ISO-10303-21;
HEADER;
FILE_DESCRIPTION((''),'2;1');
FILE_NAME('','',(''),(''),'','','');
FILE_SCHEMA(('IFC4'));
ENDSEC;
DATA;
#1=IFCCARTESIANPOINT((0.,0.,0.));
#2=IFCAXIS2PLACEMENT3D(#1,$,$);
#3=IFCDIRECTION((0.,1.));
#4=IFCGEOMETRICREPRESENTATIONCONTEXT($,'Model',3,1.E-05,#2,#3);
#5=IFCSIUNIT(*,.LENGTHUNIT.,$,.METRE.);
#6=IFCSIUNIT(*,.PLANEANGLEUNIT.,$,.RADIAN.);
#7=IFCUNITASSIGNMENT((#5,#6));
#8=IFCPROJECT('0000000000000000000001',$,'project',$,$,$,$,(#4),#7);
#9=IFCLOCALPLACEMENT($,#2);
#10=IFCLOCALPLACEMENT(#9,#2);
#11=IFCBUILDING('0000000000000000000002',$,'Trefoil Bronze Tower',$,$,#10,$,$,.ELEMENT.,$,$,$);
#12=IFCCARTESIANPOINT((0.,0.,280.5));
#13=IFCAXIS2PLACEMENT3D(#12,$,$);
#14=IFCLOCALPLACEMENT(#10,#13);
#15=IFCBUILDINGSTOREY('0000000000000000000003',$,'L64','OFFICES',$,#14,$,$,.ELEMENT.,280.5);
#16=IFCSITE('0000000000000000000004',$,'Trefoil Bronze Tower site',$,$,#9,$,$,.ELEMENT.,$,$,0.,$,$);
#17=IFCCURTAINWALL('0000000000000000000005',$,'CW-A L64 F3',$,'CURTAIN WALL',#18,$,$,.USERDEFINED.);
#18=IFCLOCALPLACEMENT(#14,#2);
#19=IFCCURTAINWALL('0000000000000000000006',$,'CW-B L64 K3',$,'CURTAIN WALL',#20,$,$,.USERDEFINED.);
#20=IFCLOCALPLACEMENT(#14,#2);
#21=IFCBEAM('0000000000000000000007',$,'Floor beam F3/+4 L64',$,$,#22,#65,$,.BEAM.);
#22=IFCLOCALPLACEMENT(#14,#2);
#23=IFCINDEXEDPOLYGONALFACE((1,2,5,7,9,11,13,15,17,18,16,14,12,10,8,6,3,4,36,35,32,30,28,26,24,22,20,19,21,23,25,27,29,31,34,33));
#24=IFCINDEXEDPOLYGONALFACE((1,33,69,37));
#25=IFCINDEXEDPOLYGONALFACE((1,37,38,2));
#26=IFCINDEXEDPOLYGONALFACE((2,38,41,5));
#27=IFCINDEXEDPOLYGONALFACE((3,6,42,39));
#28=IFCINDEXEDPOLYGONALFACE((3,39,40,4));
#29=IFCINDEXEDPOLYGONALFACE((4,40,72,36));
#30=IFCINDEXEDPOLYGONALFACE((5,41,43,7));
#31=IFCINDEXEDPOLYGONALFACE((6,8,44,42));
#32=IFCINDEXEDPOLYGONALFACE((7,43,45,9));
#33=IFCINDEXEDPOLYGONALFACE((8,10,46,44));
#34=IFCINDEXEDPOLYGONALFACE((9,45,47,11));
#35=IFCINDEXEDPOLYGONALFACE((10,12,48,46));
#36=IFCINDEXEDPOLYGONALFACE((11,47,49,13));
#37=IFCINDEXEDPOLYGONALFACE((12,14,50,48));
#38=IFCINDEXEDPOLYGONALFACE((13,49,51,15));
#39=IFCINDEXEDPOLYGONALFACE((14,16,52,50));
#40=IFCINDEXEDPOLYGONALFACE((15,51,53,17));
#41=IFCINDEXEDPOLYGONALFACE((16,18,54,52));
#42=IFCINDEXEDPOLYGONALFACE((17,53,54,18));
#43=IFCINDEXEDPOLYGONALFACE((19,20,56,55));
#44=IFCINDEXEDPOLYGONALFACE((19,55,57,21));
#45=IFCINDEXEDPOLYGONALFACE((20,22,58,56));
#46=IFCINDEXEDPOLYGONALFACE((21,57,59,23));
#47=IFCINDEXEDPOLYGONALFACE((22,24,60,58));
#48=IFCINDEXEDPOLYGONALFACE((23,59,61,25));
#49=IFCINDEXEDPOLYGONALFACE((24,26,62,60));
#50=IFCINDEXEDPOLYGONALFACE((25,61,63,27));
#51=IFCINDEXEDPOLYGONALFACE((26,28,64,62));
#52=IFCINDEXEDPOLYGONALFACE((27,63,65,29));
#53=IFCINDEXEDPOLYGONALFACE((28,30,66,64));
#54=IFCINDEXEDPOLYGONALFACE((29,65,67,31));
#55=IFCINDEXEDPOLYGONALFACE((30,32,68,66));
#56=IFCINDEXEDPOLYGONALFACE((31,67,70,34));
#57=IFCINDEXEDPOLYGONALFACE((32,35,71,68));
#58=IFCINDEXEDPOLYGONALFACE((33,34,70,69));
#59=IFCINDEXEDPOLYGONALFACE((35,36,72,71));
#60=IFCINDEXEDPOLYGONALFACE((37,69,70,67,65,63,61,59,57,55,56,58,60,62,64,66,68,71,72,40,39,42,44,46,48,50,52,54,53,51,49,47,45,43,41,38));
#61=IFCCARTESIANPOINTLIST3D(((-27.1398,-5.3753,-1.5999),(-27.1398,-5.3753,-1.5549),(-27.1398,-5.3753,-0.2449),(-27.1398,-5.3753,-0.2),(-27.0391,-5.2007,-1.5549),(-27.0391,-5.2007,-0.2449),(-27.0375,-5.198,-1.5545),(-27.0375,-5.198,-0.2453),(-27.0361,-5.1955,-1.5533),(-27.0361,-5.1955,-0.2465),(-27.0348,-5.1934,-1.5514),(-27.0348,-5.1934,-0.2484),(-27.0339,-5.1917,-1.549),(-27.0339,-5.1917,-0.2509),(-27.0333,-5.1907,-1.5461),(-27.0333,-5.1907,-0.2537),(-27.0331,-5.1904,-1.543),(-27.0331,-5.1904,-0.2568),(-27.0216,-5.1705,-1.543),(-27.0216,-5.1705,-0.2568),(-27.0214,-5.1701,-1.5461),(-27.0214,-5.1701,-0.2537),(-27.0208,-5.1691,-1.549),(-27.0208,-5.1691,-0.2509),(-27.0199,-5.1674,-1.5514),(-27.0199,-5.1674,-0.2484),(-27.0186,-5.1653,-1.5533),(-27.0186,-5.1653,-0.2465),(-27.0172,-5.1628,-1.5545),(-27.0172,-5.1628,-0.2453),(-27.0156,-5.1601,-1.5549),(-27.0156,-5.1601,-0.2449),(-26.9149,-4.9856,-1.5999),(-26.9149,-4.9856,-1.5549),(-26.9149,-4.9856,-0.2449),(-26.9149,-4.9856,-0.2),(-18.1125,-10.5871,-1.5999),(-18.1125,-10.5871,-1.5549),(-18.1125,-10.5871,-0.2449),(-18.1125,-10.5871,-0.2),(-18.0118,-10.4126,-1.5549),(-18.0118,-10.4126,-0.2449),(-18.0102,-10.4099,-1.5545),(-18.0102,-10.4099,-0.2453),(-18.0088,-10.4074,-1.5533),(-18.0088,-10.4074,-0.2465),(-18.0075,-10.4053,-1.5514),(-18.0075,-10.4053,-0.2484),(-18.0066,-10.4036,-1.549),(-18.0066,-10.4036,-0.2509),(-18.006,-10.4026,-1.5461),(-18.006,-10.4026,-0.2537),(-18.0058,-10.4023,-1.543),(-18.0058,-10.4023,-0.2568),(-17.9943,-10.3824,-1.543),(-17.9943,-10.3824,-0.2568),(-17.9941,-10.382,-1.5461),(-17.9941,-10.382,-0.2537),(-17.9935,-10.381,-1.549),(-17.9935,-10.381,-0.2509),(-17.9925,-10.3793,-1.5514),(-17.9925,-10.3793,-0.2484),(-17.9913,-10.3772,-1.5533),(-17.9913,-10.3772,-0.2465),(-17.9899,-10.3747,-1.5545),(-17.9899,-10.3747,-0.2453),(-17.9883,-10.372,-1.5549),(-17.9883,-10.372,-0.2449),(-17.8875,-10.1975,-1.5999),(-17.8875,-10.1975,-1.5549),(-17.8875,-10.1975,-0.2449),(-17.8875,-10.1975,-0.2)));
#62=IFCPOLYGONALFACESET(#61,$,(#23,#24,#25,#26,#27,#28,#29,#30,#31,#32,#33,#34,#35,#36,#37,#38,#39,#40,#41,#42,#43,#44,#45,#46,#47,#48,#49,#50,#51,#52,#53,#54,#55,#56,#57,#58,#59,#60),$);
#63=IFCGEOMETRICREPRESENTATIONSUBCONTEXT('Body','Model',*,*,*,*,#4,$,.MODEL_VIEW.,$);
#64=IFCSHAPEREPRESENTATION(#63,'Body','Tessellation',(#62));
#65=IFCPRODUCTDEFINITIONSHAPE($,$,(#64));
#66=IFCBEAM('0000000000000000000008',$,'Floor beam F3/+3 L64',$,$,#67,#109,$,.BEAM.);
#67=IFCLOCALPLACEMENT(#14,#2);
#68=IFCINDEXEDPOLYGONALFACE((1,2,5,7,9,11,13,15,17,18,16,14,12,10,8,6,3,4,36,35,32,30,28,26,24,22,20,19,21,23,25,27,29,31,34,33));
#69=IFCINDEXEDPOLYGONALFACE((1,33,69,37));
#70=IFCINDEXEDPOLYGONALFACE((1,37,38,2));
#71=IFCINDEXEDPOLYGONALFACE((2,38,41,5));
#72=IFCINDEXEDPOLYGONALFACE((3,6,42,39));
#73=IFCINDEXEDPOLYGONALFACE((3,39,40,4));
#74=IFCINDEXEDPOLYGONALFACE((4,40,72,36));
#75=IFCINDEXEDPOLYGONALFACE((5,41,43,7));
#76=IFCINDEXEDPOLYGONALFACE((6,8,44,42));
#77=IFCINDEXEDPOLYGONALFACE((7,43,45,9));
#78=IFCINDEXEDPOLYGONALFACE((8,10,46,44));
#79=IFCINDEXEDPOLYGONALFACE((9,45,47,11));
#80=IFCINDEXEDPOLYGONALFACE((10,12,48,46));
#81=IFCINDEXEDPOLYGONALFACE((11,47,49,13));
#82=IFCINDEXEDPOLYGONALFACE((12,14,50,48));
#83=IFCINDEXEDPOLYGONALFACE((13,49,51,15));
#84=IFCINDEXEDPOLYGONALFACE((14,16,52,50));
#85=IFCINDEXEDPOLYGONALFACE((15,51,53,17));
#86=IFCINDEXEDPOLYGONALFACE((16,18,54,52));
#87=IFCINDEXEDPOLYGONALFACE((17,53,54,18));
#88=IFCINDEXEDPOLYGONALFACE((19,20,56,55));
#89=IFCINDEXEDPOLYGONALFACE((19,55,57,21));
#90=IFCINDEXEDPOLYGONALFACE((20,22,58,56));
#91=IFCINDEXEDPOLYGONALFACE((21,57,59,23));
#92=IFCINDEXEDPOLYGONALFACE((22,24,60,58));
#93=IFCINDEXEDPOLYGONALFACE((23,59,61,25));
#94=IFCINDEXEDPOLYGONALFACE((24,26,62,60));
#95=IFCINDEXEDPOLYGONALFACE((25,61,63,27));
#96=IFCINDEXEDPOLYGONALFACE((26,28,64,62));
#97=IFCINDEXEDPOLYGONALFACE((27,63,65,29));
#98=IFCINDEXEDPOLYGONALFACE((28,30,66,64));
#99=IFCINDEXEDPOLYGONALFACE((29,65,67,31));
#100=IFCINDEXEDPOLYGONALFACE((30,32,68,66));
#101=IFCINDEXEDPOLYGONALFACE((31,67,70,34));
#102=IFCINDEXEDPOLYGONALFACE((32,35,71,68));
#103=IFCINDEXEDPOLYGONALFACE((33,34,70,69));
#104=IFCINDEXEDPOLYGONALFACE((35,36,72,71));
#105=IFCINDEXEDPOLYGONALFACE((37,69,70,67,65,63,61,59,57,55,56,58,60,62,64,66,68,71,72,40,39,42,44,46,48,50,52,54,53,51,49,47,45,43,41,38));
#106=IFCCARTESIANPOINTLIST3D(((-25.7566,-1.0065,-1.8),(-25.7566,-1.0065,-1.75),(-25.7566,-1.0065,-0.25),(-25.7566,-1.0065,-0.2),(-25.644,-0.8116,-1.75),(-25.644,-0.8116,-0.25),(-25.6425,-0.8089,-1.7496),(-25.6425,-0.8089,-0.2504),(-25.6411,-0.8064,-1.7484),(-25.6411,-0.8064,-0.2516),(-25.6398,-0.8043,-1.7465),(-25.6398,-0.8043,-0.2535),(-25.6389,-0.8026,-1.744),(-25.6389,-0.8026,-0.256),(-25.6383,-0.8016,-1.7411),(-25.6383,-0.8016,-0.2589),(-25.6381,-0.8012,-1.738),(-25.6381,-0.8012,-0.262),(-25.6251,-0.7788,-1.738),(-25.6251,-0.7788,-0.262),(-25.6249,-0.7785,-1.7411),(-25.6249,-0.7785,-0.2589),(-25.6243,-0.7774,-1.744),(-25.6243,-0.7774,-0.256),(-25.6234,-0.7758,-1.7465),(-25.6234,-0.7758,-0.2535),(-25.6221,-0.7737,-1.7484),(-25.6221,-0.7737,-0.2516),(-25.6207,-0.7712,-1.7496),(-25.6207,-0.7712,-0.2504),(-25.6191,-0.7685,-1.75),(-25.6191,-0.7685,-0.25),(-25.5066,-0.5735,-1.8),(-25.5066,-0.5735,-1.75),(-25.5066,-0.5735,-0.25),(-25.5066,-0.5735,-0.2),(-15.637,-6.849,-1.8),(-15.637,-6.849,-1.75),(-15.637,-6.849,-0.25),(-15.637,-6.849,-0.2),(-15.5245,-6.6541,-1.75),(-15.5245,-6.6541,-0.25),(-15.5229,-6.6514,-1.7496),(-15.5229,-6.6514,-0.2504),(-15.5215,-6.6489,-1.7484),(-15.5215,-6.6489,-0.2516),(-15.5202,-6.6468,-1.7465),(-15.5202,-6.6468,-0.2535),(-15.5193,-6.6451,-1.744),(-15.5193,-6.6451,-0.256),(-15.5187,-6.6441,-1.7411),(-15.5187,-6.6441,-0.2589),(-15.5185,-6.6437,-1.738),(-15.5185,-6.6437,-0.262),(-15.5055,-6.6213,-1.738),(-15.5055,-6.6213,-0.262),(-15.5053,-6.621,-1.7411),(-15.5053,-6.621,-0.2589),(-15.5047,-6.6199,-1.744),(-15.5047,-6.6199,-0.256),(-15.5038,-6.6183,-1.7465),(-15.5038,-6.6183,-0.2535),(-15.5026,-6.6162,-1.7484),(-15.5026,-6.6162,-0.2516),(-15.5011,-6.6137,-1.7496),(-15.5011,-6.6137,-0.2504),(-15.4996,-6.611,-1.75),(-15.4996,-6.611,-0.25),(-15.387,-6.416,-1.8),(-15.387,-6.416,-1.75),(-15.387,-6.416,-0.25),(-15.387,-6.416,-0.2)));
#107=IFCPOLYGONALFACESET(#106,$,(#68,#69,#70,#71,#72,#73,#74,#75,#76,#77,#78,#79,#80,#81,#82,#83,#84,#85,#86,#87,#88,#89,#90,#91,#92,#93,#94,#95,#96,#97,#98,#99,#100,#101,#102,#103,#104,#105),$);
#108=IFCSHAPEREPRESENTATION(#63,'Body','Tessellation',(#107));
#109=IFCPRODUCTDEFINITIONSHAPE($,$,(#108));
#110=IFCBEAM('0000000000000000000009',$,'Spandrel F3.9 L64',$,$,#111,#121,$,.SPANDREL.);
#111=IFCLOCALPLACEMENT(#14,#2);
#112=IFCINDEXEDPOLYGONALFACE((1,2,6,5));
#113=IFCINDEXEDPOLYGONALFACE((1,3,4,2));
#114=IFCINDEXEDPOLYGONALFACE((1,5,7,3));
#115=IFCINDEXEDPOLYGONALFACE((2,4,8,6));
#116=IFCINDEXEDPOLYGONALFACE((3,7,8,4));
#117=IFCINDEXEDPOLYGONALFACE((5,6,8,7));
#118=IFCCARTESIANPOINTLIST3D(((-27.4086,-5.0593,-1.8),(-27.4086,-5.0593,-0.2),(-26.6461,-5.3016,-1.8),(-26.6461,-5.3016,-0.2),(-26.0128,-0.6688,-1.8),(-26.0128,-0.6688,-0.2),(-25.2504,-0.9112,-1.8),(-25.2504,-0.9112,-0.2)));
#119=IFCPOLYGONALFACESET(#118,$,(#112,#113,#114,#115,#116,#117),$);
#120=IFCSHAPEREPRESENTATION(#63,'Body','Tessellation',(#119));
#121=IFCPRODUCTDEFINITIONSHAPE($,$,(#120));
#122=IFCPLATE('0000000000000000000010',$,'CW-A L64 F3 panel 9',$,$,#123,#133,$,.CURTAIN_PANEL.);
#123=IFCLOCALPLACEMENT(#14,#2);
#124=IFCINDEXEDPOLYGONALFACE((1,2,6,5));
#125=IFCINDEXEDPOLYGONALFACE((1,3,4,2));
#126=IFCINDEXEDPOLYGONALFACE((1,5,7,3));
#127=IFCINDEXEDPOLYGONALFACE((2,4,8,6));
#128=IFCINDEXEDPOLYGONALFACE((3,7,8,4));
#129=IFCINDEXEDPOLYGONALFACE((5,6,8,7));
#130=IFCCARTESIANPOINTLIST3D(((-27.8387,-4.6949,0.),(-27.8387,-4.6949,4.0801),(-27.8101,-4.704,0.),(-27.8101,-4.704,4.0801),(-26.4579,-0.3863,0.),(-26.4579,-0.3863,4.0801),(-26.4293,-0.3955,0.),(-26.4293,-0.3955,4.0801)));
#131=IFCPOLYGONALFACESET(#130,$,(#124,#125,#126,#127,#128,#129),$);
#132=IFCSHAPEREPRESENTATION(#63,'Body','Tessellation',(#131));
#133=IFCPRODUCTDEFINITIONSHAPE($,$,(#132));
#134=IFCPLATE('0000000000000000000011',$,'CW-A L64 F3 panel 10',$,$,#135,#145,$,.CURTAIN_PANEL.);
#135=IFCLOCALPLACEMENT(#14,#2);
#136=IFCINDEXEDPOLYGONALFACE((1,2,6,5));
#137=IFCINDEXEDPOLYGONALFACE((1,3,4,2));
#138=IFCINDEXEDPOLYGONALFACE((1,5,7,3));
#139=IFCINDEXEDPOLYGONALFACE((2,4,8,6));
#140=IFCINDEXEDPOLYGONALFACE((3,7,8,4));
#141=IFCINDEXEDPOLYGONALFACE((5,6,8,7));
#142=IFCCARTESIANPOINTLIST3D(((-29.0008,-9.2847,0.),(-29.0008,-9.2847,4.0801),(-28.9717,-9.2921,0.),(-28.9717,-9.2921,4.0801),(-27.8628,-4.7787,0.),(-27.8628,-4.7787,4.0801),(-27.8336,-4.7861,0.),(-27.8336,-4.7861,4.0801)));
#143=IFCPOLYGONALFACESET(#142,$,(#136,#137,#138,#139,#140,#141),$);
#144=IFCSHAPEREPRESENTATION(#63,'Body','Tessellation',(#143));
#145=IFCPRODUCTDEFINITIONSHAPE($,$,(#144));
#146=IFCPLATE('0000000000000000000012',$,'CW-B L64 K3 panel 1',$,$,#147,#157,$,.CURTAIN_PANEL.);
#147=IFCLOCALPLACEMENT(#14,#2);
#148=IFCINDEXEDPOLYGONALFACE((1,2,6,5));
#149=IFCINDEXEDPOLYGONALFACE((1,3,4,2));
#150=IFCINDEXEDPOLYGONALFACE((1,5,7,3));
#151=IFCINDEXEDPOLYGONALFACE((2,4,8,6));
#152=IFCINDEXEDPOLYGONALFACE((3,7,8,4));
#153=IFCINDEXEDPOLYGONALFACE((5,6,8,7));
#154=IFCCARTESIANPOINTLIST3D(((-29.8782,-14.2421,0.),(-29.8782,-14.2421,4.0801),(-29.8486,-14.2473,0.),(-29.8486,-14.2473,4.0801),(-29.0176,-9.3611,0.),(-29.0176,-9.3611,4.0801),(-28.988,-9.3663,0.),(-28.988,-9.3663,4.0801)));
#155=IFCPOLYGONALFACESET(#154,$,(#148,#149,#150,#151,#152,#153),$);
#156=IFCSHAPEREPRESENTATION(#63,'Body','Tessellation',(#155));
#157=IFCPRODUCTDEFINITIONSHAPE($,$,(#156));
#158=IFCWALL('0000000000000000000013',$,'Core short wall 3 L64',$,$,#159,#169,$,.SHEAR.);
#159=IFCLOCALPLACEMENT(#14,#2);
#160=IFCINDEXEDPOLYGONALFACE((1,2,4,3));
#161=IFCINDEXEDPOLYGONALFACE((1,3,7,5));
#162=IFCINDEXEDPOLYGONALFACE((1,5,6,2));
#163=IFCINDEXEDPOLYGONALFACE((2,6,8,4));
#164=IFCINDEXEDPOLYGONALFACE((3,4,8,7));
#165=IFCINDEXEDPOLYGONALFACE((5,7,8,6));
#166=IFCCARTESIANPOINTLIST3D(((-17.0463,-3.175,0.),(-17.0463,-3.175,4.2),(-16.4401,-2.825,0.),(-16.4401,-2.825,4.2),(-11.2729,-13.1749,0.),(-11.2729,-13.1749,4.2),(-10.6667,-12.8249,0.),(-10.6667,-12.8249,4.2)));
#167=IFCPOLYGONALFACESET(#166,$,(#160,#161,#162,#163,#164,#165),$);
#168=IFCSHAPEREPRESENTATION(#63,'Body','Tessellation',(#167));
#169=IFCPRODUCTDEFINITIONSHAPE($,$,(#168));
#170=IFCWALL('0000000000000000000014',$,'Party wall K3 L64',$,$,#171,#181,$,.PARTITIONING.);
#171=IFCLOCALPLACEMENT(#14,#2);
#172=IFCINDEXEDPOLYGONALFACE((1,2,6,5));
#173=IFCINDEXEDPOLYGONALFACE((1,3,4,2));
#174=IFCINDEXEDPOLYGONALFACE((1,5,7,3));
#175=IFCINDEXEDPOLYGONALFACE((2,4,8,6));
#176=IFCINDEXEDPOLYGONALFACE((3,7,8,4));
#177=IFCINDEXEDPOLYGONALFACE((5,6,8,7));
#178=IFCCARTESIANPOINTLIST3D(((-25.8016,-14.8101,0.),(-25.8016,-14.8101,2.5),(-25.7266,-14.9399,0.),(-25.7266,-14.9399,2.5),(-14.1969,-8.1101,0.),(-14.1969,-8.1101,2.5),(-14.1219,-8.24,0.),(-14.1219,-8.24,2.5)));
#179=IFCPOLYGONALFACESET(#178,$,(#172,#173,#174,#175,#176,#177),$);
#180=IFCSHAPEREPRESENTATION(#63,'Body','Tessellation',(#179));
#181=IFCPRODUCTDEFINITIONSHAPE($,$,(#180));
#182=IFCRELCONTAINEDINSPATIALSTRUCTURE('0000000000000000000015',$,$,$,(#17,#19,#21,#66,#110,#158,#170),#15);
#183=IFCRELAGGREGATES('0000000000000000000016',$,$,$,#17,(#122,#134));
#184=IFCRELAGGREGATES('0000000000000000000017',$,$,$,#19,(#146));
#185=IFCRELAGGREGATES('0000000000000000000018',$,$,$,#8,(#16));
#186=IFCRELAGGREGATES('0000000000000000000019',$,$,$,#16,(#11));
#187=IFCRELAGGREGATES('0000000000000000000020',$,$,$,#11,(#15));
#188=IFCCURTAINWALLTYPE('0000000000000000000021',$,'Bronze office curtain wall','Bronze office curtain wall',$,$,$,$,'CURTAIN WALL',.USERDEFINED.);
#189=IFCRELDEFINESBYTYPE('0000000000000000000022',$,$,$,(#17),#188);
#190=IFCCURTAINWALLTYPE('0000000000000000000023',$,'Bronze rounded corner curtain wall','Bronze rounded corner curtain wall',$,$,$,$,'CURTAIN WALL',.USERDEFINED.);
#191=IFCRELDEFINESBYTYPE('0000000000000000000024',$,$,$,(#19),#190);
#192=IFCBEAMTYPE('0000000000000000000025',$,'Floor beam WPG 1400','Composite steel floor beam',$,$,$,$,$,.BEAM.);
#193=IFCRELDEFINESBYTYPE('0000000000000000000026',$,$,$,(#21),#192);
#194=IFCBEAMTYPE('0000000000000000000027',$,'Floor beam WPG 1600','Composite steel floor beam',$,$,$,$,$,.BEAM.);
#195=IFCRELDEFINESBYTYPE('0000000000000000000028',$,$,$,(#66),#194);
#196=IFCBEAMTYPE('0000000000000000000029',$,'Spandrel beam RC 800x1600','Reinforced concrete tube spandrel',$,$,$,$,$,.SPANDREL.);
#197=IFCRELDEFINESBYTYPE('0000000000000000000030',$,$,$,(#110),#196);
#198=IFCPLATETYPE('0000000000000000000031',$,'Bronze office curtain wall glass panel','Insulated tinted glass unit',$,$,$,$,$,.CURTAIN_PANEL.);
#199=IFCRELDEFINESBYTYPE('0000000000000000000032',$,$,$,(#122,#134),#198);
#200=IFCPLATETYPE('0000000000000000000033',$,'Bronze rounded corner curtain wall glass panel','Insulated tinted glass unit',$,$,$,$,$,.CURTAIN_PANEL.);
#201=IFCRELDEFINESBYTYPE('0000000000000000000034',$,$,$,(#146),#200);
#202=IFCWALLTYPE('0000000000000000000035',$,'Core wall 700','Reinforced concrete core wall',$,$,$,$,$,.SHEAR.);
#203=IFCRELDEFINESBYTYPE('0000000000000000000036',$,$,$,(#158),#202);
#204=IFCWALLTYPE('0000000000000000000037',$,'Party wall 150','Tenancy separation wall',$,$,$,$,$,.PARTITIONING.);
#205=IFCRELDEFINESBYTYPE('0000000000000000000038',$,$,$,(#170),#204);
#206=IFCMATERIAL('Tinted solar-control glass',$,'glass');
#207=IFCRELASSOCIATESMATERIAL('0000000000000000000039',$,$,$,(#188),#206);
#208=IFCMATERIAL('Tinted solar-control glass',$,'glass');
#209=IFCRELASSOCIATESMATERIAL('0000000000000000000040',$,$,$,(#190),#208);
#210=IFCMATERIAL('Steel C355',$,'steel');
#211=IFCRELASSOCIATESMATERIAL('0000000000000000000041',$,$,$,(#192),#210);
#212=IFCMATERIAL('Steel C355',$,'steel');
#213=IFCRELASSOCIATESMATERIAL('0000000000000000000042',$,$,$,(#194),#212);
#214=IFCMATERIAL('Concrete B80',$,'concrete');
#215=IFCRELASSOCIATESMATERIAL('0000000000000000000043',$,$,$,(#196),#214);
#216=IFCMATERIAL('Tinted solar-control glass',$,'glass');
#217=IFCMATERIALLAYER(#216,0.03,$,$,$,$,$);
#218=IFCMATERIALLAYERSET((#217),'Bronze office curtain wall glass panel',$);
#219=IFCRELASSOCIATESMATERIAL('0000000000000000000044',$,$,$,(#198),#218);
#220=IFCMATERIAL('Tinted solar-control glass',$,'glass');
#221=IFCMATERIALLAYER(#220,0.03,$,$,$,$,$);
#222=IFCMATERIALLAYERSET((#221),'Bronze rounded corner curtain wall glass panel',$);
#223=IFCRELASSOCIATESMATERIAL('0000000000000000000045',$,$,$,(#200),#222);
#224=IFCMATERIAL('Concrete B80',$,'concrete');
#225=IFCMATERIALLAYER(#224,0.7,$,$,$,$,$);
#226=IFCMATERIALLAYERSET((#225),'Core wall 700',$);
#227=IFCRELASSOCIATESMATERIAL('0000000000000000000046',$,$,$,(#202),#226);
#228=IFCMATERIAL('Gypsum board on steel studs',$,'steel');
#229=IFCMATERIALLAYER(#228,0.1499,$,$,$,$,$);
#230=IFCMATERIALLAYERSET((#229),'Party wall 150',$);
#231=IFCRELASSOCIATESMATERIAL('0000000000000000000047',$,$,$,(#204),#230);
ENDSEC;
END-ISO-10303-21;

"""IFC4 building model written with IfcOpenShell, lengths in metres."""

from ifc_helpers import new_model, si_unit, direction, frame, frame_2d, origin, origin_2d, place, context, subcontext, project, spatial, rectangle, i_section, extrude, material, layer, layer_set, material_profile, profile_set, type_object, element, aggregate, save


model = new_model("IFC4")

# Units and contexts
model_context = context("Model", 3, precision=1e-05, world=origin(), true_north=direction((0.0, 1.0)))
body_context = subcontext(model_context, "Body", "Model", "MODEL_VIEW")
ifc_project = project(units=[si_unit("LENGTHUNIT", "METRE"), si_unit("PLANEANGLEUNIT", "RADIAN")], contexts=[model_context])

# Site, building, storey
site_placement = place(None, origin())
site = spatial("IfcSite", under=ifc_project, at=site_placement, Name="Trefoil Bronze Tower site", CompositionType="ELEMENT", RefElevation=0.0)
building_placement = place(site_placement, origin())
building = spatial("IfcBuilding", under=site, at=building_placement, Name="Trefoil Bronze Tower", CompositionType="ELEMENT")
storey_placement = place(building_placement, frame((0.0, 0.0, 280.5)))
storey = spatial("IfcBuildingStorey", under=building, at=storey_placement, Name="L64", Description="OFFICES", CompositionType="ELEMENT", Elevation=280.5)

# Curtain walls
ifc_material_1 = material(Name="Tinted solar-control glass", Category="glass")
curtain_wall_type_1 = type_object("IfcCurtainWallType", Name="Bronze office curtain wall", Description="Bronze office curtain wall", ElementType="CURTAIN WALL", PredefinedType="USERDEFINED", material=ifc_material_1)
curtain_wall_1_placement = place(storey_placement, origin())
curtain_wall_1 = element("IfcCurtainWall", 1, at=curtain_wall_1_placement, inside=storey, type_object=curtain_wall_type_1, Name="CW-A L64 F3", ObjectType="CURTAIN WALL", PredefinedType="USERDEFINED")
ifc_material_2 = material(Name="Tinted solar-control glass", Category="glass")
curtain_wall_type_2 = type_object("IfcCurtainWallType", Name="Bronze rounded corner curtain wall", Description="Bronze rounded corner curtain wall", ElementType="CURTAIN WALL", PredefinedType="USERDEFINED", material=ifc_material_2)
curtain_wall_2_placement = place(storey_placement, origin())
curtain_wall_2 = element("IfcCurtainWall", 2, at=curtain_wall_2_placement, inside=storey, type_object=curtain_wall_type_2, Name="CW-B L64 K3", ObjectType="CURTAIN WALL", PredefinedType="USERDEFINED")

# Beams
ifc_material_3 = material(Name="Steel C355", Category="steel")
ifc_material_profile_1 = material_profile(ifc_material_3, i_section(OverallWidth=0.45, OverallDepth=1.3999, WebThickness=0.0229, FlangeThickness=0.0449, FilletRadius=0.012, at=origin_2d()), Name="WPG 1400")
ifc_profile_set_1 = profile_set([ifc_material_profile_1], Name="Steel C355")
beam_type_1 = type_object("IfcBeamType", Name="Floor beam WPG 1400", Description="Composite steel floor beam", PredefinedType="BEAM", material=ifc_profile_set_1)
beam_1_placement = place(storey_placement, frame((-27.0273, -5.1804, -0.8999), z_axis=(0.866026, -0.499998, 0.0), x_axis=(0.499998, 0.866026, 0.0)))
element("IfcBeam", 3, at=beam_1_placement, inside=storey, type_object=beam_type_1, Name="Floor beam F3/+4 L64", PredefinedType="BEAM", context=body_context, shape_type="SweptSolid", body=[
    extrude(i_section(OverallWidth=0.45, OverallDepth=1.3999, WebThickness=0.0229, FlangeThickness=0.0449, FilletRadius=0.012, at=origin_2d()), origin(), (0.0, 0.0, 1.0), 10.4238),
])
ifc_material_4 = material(Name="Steel C355", Category="steel")
ifc_material_profile_2 = material_profile(ifc_material_4, i_section(OverallWidth=0.5, OverallDepth=1.6001, WebThickness=0.0259, FlangeThickness=0.05, FilletRadius=0.012, at=origin_2d()), Name="WPG 1600")
ifc_profile_set_2 = profile_set([ifc_material_profile_2], Name="Steel C355")
beam_type_2 = type_object("IfcBeamType", Name="Floor beam WPG 1600", Description="Composite steel floor beam", PredefinedType="BEAM", material=ifc_profile_set_2)
beam_2_placement = place(storey_placement, frame((-25.6316, -0.79, -1.0), z_axis=(0.866027, -0.499997, 0.0), x_axis=(0.499997, 0.866027, 0.0)))
element("IfcBeam", 4, at=beam_2_placement, inside=storey, type_object=beam_type_2, Name="Floor beam F3/+3 L64", PredefinedType="BEAM", context=body_context, shape_type="SweptSolid", body=[
    extrude(i_section(OverallWidth=0.5, OverallDepth=1.6001, WebThickness=0.0259, FlangeThickness=0.05, FilletRadius=0.012, at=origin_2d()), origin(), (0.0, 0.0, 1.0), 11.6851),
])
ifc_material_5 = material(Name="Concrete B80", Category="concrete")
ifc_material_profile_3 = material_profile(ifc_material_5, rectangle(XDim=0.8, YDim=1.6001, at=origin_2d()), Name="RC 800x1600")
ifc_profile_set_3 = profile_set([ifc_material_profile_3], Name="Concrete B80")
beam_type_3 = type_object("IfcBeamType", Name="Spandrel beam RC 800x1600", Description="Reinforced concrete tube spandrel", PredefinedType="SPANDREL", material=ifc_profile_set_3)
beam_3_placement = place(storey_placement, frame((-25.6316, -0.79, -1.0), z_axis=(-0.30297, -0.953, 0.0), x_axis=(0.953, -0.30297, 0.0)))
element("IfcBeam", 5, at=beam_3_placement, inside=storey, type_object=beam_type_3, Name="Spandrel F3.9 L64", PredefinedType="SPANDREL", context=body_context, shape_type="SweptSolid", body=[
    extrude(rectangle(XDim=0.8, YDim=1.6001, at=origin_2d()), origin(), (0.0, 0.0, 1.0), 4.6069),
])

# Plates
ifc_material_6 = material(Name="Tinted solar-control glass", Category="glass")
ifc_layer_1 = layer(ifc_material_6, 0.03)
ifc_layer_set_1 = layer_set([ifc_layer_1], Name="Bronze office curtain wall glass panel")
plate_type_1 = type_object("IfcPlateType", Name="Bronze office curtain wall glass panel", Description="Insulated tinted glass unit", PredefinedType="CURTAIN_PANEL", material=ifc_layer_set_1)
plate_1_placement = place(storey_placement, frame((-27.134, -2.5452, 0.0), z_axis=(0.0, 0.0, 1.0), x_axis=(-0.305188, -0.952292, 0.0)))
plate_1 = element("IfcPlate", 6, at=plate_1_placement, type_object=plate_type_1, Name="CW-A L64 F3 panel 9", PredefinedType="CURTAIN_PANEL", context=body_context, shape_type="SweptSolid", body=[
    extrude(rectangle(XDim=4.5244, YDim=0.03, at=origin_2d()), origin(), (0.0, 0.0, 1.0), 4.0801),
])
plate_2_placement = place(storey_placement, frame((-28.4172, -7.0354, 0.0), z_axis=(0.0, 0.0, 1.0), x_axis=(-0.24488, -0.969554, 0.0)))
plate_2 = element("IfcPlate", 7, at=plate_2_placement, type_object=plate_type_1, Name="CW-A L64 F3 panel 10", PredefinedType="CURTAIN_PANEL", context=body_context, shape_type="SweptSolid", body=[
    extrude(rectangle(XDim=4.6475, YDim=0.03, at=origin_2d()), origin(), (0.0, 0.0, 1.0), 4.0801),
])
aggregate(curtain_wall_1, [plate_1, plate_2])
ifc_material_7 = material(Name="Tinted solar-control glass", Category="glass")
ifc_layer_2 = layer(ifc_material_7, 0.03)
ifc_layer_set_2 = layer_set([ifc_layer_2], Name="Bronze rounded corner curtain wall glass panel")
plate_type_2 = type_object("IfcPlateType", Name="Bronze rounded corner curtain wall glass panel", Description="Insulated tinted glass unit", PredefinedType="CURTAIN_PANEL", material=ifc_layer_set_2)
plate_3_placement = place(storey_placement, frame((-29.4331, -11.8042, 0.0), z_axis=(0.0, 0.0, 1.0), x_axis=(-0.173648, -0.984808, 0.0)))
plate_3 = element("IfcPlate", 8, at=plate_3_placement, type_object=plate_type_2, Name="CW-B L64 K3 panel 1", PredefinedType="CURTAIN_PANEL", context=body_context, shape_type="SweptSolid", body=[
    extrude(rectangle(XDim=4.9563, YDim=0.03, at=origin_2d()), origin(), (0.0, 0.0, 1.0), 4.0801),
])
aggregate(curtain_wall_2, [plate_3])

# Walls
ifc_material_8 = material(Name="Concrete B80", Category="concrete")
ifc_layer_3 = layer(ifc_material_8, 0.7)
ifc_layer_set_3 = layer_set([ifc_layer_3], Name="Core wall 700")
wall_type_1 = type_object("IfcWallType", Name="Core wall 700", Description="Reinforced concrete core wall", PredefinedType="SHEAR", material=ifc_layer_set_3)
wall_1_placement = place(storey_placement, frame((-16.7432, -3.0, 0.0), z_axis=(0.0, 0.0, 1.0), x_axis=(0.499996, -0.866028, 0.0)))
element("IfcWall", 9, at=wall_1_placement, inside=storey, type_object=wall_type_1, Name="Core short wall 3 L64", PredefinedType="SHEAR", context=body_context, shape_type="SweptSolid", body=[
    extrude(rectangle(XDim=11.5469, YDim=0.7, at=frame_2d((5.7734, 0.0))), origin(), (0.0, 0.0, 1.0), 4.2),
])
ifc_material_9 = material(Name="Gypsum board on steel studs", Category="steel")
ifc_layer_4 = layer(ifc_material_9, 0.1499)
ifc_layer_set_4 = layer_set([ifc_layer_4], Name="Party wall 150")
wall_type_2 = type_object("IfcWallType", Name="Party wall 150", Description="Tenancy separation wall", PredefinedType="PARTITIONING", material=ifc_layer_set_4)
wall_2_placement = place(storey_placement, frame((-14.1594, -8.175, 0.0), z_axis=(0.0, 0.0, 1.0), x_axis=(-0.866027, -0.499997, 0.0)))
element("IfcWall", 10, at=wall_2_placement, inside=storey, type_object=wall_type_2, Name="Party wall K3 L64", PredefinedType="PARTITIONING", context=body_context, shape_type="SweptSolid", body=[
    extrude(rectangle(XDim=13.3999, YDim=0.1499, at=frame_2d((6.7, 0.0))), origin(), (0.0, 0.0, 1.0), 2.5),
])

save(model, "model.ifc")
